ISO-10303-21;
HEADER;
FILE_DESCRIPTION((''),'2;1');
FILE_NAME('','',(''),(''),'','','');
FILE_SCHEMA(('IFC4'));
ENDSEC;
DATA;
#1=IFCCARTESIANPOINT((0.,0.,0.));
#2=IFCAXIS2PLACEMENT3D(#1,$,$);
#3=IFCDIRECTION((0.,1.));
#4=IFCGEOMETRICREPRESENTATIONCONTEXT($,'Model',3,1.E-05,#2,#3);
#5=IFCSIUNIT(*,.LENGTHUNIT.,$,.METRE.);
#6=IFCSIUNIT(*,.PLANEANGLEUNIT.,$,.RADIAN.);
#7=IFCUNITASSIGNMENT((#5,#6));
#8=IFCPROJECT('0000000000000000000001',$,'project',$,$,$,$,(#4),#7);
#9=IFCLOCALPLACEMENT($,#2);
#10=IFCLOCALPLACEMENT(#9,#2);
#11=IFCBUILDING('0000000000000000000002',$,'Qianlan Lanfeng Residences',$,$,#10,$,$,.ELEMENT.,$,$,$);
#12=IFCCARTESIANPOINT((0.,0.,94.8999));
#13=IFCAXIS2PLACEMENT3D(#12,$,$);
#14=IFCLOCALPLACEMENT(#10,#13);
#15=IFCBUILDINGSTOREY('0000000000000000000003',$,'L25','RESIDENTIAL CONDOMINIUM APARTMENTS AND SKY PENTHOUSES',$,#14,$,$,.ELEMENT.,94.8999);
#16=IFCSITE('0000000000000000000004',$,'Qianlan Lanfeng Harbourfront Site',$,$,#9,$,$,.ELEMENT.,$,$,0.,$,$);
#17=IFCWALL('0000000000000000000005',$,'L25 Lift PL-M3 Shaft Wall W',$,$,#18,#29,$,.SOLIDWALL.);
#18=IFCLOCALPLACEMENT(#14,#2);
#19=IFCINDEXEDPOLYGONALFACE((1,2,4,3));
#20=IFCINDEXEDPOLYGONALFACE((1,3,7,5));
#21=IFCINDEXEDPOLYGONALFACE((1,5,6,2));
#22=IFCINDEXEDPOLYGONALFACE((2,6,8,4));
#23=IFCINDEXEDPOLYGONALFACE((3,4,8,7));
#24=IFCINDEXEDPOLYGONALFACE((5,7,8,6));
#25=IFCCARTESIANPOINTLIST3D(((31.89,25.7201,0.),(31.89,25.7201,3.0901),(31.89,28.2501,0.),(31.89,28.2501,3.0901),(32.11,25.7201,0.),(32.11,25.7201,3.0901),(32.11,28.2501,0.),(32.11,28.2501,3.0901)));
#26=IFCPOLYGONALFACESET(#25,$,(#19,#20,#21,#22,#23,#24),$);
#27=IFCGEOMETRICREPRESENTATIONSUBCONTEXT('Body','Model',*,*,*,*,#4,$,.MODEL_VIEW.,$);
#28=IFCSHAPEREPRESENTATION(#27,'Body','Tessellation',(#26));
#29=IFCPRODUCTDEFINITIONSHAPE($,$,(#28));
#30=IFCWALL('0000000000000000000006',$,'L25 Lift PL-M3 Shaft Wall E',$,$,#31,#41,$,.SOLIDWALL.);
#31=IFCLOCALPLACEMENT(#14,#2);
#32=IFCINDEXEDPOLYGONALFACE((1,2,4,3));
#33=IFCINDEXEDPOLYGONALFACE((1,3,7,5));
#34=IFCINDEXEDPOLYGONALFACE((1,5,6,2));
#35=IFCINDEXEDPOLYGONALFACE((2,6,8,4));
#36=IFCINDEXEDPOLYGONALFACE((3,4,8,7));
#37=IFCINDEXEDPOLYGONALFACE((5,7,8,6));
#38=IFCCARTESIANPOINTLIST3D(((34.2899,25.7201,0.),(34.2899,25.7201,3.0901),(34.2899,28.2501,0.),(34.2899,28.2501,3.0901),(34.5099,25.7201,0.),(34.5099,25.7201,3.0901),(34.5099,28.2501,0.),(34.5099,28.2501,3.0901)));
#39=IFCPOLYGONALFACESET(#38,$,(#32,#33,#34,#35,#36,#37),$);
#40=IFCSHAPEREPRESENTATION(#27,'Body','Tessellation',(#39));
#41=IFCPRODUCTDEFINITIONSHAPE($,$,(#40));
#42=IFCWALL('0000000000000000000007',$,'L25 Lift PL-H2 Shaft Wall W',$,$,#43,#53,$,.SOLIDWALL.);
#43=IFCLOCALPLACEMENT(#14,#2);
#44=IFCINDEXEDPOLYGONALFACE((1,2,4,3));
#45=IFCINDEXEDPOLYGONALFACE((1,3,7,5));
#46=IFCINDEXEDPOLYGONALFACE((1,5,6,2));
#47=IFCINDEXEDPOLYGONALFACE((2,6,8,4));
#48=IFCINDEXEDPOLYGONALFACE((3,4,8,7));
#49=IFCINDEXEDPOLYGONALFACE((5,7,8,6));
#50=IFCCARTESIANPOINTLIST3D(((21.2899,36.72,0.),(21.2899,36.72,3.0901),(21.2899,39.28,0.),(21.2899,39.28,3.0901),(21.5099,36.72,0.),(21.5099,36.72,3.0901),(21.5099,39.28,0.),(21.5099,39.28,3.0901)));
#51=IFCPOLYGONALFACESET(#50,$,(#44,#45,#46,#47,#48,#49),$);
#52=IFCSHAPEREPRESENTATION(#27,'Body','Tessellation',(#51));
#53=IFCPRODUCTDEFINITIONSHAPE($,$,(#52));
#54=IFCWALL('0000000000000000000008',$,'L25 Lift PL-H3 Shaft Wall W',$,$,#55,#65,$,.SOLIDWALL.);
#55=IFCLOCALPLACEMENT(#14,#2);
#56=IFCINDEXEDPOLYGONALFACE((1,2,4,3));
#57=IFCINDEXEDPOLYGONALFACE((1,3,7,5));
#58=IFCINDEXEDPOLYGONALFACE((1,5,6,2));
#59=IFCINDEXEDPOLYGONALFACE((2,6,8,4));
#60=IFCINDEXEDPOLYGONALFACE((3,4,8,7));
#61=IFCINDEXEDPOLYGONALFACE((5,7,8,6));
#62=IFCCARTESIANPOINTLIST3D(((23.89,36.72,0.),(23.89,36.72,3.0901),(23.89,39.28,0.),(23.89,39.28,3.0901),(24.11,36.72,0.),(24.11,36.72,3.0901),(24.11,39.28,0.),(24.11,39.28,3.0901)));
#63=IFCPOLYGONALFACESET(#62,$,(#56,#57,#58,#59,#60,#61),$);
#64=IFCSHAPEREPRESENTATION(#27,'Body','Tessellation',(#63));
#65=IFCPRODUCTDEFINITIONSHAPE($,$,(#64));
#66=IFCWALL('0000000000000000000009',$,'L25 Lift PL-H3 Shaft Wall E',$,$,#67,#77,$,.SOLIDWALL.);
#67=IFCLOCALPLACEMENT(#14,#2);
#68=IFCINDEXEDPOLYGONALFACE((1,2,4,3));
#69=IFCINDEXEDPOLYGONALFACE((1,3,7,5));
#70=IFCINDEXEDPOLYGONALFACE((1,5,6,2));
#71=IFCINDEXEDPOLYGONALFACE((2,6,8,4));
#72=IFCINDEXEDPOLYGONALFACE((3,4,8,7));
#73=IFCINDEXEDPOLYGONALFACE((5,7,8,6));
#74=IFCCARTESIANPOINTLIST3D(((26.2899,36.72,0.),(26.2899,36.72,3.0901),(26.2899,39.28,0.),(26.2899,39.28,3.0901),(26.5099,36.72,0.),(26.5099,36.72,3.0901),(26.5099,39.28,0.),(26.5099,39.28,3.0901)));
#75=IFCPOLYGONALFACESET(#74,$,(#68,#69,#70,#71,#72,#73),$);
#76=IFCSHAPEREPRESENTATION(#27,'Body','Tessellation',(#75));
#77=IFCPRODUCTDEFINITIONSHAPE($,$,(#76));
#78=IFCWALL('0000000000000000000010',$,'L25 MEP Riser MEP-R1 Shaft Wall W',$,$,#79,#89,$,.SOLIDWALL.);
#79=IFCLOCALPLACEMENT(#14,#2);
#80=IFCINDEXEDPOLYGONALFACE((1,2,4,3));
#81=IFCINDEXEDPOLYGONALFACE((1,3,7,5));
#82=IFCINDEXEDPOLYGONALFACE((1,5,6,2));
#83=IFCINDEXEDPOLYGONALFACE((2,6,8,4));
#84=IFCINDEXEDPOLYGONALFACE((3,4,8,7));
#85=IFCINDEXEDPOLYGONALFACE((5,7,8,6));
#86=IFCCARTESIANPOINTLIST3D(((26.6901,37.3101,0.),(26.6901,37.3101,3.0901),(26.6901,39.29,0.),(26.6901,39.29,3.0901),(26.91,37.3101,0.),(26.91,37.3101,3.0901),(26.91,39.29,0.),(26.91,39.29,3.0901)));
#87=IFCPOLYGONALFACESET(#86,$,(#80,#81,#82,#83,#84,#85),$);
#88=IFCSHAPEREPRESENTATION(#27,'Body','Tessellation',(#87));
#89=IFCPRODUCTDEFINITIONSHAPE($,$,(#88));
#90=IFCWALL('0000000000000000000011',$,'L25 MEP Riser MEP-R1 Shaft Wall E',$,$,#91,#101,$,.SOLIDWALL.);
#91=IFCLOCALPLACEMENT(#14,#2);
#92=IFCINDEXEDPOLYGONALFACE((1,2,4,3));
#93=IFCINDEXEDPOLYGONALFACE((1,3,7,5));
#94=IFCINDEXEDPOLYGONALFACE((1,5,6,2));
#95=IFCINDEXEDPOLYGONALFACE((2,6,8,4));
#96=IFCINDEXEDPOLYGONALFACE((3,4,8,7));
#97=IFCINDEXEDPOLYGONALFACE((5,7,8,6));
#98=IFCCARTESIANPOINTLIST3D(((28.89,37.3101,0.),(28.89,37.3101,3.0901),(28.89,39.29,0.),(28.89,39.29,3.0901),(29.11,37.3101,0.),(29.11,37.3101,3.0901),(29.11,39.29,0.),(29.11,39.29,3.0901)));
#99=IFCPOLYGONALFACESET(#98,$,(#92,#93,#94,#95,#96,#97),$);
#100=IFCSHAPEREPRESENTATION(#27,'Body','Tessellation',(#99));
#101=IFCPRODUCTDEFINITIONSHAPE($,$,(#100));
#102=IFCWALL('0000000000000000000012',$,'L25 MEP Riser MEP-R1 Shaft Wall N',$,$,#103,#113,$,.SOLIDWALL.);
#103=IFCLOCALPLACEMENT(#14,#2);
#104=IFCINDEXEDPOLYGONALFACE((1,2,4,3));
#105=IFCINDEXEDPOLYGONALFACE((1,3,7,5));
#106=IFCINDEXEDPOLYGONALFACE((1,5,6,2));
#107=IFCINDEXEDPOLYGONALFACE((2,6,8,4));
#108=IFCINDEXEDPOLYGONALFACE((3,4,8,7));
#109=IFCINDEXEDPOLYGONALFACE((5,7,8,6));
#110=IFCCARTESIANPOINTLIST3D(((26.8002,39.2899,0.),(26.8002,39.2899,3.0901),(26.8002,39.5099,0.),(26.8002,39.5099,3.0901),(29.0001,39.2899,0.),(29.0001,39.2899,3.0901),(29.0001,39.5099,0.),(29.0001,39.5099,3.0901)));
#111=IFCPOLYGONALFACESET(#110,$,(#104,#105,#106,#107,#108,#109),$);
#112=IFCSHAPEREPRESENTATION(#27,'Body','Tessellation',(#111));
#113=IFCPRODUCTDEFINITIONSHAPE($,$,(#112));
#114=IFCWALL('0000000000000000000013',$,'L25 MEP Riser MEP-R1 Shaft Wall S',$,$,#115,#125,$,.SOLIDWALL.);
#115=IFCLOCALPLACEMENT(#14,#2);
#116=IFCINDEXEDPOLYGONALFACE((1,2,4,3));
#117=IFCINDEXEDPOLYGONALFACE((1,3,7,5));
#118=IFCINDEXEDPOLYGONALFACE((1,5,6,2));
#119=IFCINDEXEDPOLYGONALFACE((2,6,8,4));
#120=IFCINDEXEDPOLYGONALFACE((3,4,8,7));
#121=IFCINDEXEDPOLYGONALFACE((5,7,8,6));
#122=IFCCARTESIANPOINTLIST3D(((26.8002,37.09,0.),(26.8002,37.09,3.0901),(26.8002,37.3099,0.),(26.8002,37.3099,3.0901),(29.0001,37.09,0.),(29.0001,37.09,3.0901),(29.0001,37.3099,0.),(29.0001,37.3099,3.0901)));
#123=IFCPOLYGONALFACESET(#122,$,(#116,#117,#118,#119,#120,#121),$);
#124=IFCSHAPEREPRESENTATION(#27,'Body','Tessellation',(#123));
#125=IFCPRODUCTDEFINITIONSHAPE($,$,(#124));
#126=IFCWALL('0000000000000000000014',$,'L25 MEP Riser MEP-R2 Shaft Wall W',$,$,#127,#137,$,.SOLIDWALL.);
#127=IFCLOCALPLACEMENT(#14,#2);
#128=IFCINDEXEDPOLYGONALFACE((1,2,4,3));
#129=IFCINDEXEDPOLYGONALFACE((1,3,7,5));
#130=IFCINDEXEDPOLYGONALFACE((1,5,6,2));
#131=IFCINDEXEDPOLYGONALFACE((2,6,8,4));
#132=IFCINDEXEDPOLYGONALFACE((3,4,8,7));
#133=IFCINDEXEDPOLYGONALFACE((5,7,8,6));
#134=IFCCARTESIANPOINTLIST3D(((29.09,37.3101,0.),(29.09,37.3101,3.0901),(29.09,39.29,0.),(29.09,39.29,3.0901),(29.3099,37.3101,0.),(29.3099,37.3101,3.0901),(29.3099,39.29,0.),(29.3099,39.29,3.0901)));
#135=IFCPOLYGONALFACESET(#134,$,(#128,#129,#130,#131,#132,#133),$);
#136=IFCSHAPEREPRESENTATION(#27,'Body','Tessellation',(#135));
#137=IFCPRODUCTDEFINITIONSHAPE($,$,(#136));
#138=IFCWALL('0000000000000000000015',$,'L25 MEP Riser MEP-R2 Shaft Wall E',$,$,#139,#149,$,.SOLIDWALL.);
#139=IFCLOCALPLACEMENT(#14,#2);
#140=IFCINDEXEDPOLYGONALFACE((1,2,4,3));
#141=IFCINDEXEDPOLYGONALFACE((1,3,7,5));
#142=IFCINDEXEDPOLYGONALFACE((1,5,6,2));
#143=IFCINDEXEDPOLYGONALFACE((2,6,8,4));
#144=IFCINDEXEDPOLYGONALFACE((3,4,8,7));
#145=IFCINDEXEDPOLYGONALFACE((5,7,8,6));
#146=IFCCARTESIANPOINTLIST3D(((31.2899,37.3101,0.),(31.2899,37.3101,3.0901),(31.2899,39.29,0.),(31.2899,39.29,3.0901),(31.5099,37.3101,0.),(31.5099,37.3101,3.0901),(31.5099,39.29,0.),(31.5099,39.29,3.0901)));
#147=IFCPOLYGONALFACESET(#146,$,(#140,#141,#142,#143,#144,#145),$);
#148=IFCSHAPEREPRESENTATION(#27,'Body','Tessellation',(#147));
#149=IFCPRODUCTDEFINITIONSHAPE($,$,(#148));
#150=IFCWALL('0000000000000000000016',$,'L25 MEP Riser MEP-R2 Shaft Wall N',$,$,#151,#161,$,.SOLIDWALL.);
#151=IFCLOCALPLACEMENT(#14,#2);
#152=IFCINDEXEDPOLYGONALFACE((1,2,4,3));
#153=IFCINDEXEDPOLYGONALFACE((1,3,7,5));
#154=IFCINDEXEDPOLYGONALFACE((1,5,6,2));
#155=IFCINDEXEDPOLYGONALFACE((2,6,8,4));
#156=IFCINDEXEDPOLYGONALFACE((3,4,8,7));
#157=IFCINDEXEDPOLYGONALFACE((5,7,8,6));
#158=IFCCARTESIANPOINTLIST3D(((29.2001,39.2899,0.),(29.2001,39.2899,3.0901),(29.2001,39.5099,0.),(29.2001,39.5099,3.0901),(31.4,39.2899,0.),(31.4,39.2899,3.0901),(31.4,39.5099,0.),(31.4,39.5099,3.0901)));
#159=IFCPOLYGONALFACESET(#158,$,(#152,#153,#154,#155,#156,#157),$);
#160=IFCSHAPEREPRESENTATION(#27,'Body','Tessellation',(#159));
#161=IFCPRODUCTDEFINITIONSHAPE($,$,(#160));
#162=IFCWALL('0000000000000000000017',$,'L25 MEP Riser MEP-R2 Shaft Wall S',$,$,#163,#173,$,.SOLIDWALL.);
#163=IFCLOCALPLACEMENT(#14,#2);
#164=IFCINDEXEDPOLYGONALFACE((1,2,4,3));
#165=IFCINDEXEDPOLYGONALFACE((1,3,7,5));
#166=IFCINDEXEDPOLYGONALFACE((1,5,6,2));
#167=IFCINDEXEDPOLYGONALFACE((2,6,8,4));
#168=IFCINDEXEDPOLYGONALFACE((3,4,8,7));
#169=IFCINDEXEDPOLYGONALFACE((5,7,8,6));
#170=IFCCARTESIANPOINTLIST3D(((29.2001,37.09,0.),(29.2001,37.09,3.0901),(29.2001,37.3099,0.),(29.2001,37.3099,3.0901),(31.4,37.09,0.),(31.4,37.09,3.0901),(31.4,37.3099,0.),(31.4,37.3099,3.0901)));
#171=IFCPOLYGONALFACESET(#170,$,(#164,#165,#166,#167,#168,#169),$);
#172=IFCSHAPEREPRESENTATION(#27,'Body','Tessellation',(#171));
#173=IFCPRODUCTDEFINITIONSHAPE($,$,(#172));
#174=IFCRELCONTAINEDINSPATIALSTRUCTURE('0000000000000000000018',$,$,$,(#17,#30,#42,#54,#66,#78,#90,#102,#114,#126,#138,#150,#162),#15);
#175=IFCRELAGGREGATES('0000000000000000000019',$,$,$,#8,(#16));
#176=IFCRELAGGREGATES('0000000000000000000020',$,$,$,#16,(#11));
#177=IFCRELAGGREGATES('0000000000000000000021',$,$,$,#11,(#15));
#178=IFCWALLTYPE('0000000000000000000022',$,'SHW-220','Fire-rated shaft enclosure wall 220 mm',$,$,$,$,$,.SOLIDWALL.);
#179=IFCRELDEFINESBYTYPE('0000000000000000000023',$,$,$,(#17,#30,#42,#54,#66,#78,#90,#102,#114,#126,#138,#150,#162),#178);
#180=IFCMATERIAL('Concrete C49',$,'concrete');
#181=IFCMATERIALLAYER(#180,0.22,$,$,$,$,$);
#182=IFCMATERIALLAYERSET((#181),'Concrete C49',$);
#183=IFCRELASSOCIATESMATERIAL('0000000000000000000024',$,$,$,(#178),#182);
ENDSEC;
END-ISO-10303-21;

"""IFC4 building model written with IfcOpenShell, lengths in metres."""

from ifc_helpers import new_model, si_unit, direction, frame, frame_2d, origin, place, context, subcontext, project, spatial, rectangle, extrude, material, layer, layer_set, type_object, element, save


model = new_model("IFC4")

# Units and contexts
model_context = context("Model", 3, precision=1e-05, world=origin(), true_north=direction((0.0, 1.0)))
body_context = subcontext(model_context, "Body", "Model", "MODEL_VIEW")
ifc_project = project(units=[si_unit("LENGTHUNIT", "METRE"), si_unit("PLANEANGLEUNIT", "RADIAN")], contexts=[model_context])

# Site, building, storey
site_placement = place(None, origin())
site = spatial("IfcSite", under=ifc_project, at=site_placement, Name="Qianlan Lanfeng Harbourfront Site", CompositionType="ELEMENT", RefElevation=0.0)
building_placement = place(site_placement, origin())
building = spatial("IfcBuilding", under=site, at=building_placement, Name="Qianlan Lanfeng Residences", CompositionType="ELEMENT")
storey_placement = place(building_placement, frame((0.0, 0.0, 94.8999)))
storey = spatial("IfcBuildingStorey", under=building, at=storey_placement, Name="L25", Description="RESIDENTIAL CONDOMINIUM APARTMENTS AND SKY PENTHOUSES", CompositionType="ELEMENT", Elevation=94.8999)

# Walls
ifc_material_1 = material(Name="Concrete C49", Category="concrete")
ifc_layer_1 = layer(ifc_material_1, 0.22)
ifc_layer_set_1 = layer_set([ifc_layer_1], Name="Concrete C49")
wall_type_1 = type_object("IfcWallType", Name="SHW-220", Description="Fire-rated shaft enclosure wall 220 mm", PredefinedType="SOLIDWALL", material=ifc_layer_set_1)
for number, where, z_axis, x_axis, name in (
    (1, (32.0, 25.72, 0.0), (0.0, 0.0, 1.0), (0.0, 1.0, 0.0), "L25 Lift PL-M3 Shaft Wall W"),
    (2, (34.3999, 25.72, 0.0), (0.0, 0.0, 1.0), (0.0, 1.0, 0.0), "L25 Lift PL-M3 Shaft Wall E"),
):
    element("IfcWall", number, at=place(storey_placement, frame(where, z_axis=z_axis, x_axis=x_axis)), inside=storey, type_object=wall_type_1, Name=name, PredefinedType="SOLIDWALL", context=body_context, shape_type="SweptSolid", body=[
        extrude(rectangle(XDim=2.53, YDim=0.22, at=frame_2d((1.2651, 0.0))), origin(), (0.0, 0.0, 1.0), 3.0901),
    ])
for number, where, z_axis, x_axis, name in (
    (3, (21.3999, 36.72, 0.0), (0.0, 0.0, 1.0), (0.0, 1.0, 0.0), "L25 Lift PL-H2 Shaft Wall W"),
    (4, (24.0, 36.72, 0.0), (0.0, 0.0, 1.0), (0.0, 1.0, 0.0), "L25 Lift PL-H3 Shaft Wall W"),
    (5, (26.3999, 36.72, 0.0), (0.0, 0.0, 1.0), (0.0, 1.0, 0.0), "L25 Lift PL-H3 Shaft Wall E"),
):
    element("IfcWall", number, at=place(storey_placement, frame(where, z_axis=z_axis, x_axis=x_axis)), inside=storey, type_object=wall_type_1, Name=name, PredefinedType="SOLIDWALL", context=body_context, shape_type="SweptSolid", body=[
        extrude(rectangle(XDim=2.5601, YDim=0.22, at=frame_2d((1.28, 0.0))), origin(), (0.0, 0.0, 1.0), 3.0901),
    ])
for number, where, z_axis, x_axis, name in (
    (6, (26.8, 37.3101, 0.0), (0.0, 0.0, 1.0), (0.0, 1.0, 0.0), "L25 MEP Riser MEP-R1 Shaft Wall W"),
    (7, (29.0, 37.3101, 0.0), (0.0, 0.0, 1.0), (0.0, 1.0, 0.0), "L25 MEP Riser MEP-R1 Shaft Wall E"),
):
    element("IfcWall", number, at=place(storey_placement, frame(where, z_axis=z_axis, x_axis=x_axis)), inside=storey, type_object=wall_type_1, Name=name, PredefinedType="SOLIDWALL", context=body_context, shape_type="SweptSolid", body=[
        extrude(rectangle(XDim=1.98, YDim=0.22, at=frame_2d((0.99, 0.0))), origin(), (0.0, 0.0, 1.0), 3.0901),
    ])
for number, where, z_axis, x_axis, name in (
    (8, (26.8, 39.3999, 0.0), (0.0, 0.0, 1.0), (1.0, 0.0, 0.0), "L25 MEP Riser MEP-R1 Shaft Wall N"),
    (9, (26.8, 37.2, 0.0), (0.0, 0.0, 1.0), (1.0, 0.0, 0.0), "L25 MEP Riser MEP-R1 Shaft Wall S"),
):
    element("IfcWall", number, at=place(storey_placement, frame(where, z_axis=z_axis, x_axis=x_axis)), inside=storey, type_object=wall_type_1, Name=name, PredefinedType="SOLIDWALL", context=body_context, shape_type="SweptSolid", body=[
        extrude(rectangle(XDim=2.2, YDim=0.22, at=frame_2d((1.1001, 0.0))), origin(), (0.0, 0.0, 1.0), 3.0901),
    ])
for number, where, z_axis, x_axis, name in (
    (10, (29.2, 37.3101, 0.0), (0.0, 0.0, 1.0), (0.0, 1.0, 0.0), "L25 MEP Riser MEP-R2 Shaft Wall W"),
    (11, (31.3999, 37.3101, 0.0), (0.0, 0.0, 1.0), (0.0, 1.0, 0.0), "L25 MEP Riser MEP-R2 Shaft Wall E"),
):
    element("IfcWall", number, at=place(storey_placement, frame(where, z_axis=z_axis, x_axis=x_axis)), inside=storey, type_object=wall_type_1, Name=name, PredefinedType="SOLIDWALL", context=body_context, shape_type="SweptSolid", body=[
        extrude(rectangle(XDim=1.98, YDim=0.22, at=frame_2d((0.99, 0.0))), origin(), (0.0, 0.0, 1.0), 3.0901),
    ])
for number, where, z_axis, x_axis, name in (
    (12, (29.2, 39.3999, 0.0), (0.0, 0.0, 1.0), (1.0, 0.0, 0.0), "L25 MEP Riser MEP-R2 Shaft Wall N"),
    (13, (29.2, 37.2, 0.0), (0.0, 0.0, 1.0), (1.0, 0.0, 0.0), "L25 MEP Riser MEP-R2 Shaft Wall S"),
):
    element("IfcWall", number, at=place(storey_placement, frame(where, z_axis=z_axis, x_axis=x_axis)), inside=storey, type_object=wall_type_1, Name=name, PredefinedType="SOLIDWALL", context=body_context, shape_type="SweptSolid", body=[
        extrude(rectangle(XDim=2.2, YDim=0.22, at=frame_2d((1.1001, 0.0))), origin(), (0.0, 0.0, 1.0), 3.0901),
    ])

save(model, "model.ifc")
